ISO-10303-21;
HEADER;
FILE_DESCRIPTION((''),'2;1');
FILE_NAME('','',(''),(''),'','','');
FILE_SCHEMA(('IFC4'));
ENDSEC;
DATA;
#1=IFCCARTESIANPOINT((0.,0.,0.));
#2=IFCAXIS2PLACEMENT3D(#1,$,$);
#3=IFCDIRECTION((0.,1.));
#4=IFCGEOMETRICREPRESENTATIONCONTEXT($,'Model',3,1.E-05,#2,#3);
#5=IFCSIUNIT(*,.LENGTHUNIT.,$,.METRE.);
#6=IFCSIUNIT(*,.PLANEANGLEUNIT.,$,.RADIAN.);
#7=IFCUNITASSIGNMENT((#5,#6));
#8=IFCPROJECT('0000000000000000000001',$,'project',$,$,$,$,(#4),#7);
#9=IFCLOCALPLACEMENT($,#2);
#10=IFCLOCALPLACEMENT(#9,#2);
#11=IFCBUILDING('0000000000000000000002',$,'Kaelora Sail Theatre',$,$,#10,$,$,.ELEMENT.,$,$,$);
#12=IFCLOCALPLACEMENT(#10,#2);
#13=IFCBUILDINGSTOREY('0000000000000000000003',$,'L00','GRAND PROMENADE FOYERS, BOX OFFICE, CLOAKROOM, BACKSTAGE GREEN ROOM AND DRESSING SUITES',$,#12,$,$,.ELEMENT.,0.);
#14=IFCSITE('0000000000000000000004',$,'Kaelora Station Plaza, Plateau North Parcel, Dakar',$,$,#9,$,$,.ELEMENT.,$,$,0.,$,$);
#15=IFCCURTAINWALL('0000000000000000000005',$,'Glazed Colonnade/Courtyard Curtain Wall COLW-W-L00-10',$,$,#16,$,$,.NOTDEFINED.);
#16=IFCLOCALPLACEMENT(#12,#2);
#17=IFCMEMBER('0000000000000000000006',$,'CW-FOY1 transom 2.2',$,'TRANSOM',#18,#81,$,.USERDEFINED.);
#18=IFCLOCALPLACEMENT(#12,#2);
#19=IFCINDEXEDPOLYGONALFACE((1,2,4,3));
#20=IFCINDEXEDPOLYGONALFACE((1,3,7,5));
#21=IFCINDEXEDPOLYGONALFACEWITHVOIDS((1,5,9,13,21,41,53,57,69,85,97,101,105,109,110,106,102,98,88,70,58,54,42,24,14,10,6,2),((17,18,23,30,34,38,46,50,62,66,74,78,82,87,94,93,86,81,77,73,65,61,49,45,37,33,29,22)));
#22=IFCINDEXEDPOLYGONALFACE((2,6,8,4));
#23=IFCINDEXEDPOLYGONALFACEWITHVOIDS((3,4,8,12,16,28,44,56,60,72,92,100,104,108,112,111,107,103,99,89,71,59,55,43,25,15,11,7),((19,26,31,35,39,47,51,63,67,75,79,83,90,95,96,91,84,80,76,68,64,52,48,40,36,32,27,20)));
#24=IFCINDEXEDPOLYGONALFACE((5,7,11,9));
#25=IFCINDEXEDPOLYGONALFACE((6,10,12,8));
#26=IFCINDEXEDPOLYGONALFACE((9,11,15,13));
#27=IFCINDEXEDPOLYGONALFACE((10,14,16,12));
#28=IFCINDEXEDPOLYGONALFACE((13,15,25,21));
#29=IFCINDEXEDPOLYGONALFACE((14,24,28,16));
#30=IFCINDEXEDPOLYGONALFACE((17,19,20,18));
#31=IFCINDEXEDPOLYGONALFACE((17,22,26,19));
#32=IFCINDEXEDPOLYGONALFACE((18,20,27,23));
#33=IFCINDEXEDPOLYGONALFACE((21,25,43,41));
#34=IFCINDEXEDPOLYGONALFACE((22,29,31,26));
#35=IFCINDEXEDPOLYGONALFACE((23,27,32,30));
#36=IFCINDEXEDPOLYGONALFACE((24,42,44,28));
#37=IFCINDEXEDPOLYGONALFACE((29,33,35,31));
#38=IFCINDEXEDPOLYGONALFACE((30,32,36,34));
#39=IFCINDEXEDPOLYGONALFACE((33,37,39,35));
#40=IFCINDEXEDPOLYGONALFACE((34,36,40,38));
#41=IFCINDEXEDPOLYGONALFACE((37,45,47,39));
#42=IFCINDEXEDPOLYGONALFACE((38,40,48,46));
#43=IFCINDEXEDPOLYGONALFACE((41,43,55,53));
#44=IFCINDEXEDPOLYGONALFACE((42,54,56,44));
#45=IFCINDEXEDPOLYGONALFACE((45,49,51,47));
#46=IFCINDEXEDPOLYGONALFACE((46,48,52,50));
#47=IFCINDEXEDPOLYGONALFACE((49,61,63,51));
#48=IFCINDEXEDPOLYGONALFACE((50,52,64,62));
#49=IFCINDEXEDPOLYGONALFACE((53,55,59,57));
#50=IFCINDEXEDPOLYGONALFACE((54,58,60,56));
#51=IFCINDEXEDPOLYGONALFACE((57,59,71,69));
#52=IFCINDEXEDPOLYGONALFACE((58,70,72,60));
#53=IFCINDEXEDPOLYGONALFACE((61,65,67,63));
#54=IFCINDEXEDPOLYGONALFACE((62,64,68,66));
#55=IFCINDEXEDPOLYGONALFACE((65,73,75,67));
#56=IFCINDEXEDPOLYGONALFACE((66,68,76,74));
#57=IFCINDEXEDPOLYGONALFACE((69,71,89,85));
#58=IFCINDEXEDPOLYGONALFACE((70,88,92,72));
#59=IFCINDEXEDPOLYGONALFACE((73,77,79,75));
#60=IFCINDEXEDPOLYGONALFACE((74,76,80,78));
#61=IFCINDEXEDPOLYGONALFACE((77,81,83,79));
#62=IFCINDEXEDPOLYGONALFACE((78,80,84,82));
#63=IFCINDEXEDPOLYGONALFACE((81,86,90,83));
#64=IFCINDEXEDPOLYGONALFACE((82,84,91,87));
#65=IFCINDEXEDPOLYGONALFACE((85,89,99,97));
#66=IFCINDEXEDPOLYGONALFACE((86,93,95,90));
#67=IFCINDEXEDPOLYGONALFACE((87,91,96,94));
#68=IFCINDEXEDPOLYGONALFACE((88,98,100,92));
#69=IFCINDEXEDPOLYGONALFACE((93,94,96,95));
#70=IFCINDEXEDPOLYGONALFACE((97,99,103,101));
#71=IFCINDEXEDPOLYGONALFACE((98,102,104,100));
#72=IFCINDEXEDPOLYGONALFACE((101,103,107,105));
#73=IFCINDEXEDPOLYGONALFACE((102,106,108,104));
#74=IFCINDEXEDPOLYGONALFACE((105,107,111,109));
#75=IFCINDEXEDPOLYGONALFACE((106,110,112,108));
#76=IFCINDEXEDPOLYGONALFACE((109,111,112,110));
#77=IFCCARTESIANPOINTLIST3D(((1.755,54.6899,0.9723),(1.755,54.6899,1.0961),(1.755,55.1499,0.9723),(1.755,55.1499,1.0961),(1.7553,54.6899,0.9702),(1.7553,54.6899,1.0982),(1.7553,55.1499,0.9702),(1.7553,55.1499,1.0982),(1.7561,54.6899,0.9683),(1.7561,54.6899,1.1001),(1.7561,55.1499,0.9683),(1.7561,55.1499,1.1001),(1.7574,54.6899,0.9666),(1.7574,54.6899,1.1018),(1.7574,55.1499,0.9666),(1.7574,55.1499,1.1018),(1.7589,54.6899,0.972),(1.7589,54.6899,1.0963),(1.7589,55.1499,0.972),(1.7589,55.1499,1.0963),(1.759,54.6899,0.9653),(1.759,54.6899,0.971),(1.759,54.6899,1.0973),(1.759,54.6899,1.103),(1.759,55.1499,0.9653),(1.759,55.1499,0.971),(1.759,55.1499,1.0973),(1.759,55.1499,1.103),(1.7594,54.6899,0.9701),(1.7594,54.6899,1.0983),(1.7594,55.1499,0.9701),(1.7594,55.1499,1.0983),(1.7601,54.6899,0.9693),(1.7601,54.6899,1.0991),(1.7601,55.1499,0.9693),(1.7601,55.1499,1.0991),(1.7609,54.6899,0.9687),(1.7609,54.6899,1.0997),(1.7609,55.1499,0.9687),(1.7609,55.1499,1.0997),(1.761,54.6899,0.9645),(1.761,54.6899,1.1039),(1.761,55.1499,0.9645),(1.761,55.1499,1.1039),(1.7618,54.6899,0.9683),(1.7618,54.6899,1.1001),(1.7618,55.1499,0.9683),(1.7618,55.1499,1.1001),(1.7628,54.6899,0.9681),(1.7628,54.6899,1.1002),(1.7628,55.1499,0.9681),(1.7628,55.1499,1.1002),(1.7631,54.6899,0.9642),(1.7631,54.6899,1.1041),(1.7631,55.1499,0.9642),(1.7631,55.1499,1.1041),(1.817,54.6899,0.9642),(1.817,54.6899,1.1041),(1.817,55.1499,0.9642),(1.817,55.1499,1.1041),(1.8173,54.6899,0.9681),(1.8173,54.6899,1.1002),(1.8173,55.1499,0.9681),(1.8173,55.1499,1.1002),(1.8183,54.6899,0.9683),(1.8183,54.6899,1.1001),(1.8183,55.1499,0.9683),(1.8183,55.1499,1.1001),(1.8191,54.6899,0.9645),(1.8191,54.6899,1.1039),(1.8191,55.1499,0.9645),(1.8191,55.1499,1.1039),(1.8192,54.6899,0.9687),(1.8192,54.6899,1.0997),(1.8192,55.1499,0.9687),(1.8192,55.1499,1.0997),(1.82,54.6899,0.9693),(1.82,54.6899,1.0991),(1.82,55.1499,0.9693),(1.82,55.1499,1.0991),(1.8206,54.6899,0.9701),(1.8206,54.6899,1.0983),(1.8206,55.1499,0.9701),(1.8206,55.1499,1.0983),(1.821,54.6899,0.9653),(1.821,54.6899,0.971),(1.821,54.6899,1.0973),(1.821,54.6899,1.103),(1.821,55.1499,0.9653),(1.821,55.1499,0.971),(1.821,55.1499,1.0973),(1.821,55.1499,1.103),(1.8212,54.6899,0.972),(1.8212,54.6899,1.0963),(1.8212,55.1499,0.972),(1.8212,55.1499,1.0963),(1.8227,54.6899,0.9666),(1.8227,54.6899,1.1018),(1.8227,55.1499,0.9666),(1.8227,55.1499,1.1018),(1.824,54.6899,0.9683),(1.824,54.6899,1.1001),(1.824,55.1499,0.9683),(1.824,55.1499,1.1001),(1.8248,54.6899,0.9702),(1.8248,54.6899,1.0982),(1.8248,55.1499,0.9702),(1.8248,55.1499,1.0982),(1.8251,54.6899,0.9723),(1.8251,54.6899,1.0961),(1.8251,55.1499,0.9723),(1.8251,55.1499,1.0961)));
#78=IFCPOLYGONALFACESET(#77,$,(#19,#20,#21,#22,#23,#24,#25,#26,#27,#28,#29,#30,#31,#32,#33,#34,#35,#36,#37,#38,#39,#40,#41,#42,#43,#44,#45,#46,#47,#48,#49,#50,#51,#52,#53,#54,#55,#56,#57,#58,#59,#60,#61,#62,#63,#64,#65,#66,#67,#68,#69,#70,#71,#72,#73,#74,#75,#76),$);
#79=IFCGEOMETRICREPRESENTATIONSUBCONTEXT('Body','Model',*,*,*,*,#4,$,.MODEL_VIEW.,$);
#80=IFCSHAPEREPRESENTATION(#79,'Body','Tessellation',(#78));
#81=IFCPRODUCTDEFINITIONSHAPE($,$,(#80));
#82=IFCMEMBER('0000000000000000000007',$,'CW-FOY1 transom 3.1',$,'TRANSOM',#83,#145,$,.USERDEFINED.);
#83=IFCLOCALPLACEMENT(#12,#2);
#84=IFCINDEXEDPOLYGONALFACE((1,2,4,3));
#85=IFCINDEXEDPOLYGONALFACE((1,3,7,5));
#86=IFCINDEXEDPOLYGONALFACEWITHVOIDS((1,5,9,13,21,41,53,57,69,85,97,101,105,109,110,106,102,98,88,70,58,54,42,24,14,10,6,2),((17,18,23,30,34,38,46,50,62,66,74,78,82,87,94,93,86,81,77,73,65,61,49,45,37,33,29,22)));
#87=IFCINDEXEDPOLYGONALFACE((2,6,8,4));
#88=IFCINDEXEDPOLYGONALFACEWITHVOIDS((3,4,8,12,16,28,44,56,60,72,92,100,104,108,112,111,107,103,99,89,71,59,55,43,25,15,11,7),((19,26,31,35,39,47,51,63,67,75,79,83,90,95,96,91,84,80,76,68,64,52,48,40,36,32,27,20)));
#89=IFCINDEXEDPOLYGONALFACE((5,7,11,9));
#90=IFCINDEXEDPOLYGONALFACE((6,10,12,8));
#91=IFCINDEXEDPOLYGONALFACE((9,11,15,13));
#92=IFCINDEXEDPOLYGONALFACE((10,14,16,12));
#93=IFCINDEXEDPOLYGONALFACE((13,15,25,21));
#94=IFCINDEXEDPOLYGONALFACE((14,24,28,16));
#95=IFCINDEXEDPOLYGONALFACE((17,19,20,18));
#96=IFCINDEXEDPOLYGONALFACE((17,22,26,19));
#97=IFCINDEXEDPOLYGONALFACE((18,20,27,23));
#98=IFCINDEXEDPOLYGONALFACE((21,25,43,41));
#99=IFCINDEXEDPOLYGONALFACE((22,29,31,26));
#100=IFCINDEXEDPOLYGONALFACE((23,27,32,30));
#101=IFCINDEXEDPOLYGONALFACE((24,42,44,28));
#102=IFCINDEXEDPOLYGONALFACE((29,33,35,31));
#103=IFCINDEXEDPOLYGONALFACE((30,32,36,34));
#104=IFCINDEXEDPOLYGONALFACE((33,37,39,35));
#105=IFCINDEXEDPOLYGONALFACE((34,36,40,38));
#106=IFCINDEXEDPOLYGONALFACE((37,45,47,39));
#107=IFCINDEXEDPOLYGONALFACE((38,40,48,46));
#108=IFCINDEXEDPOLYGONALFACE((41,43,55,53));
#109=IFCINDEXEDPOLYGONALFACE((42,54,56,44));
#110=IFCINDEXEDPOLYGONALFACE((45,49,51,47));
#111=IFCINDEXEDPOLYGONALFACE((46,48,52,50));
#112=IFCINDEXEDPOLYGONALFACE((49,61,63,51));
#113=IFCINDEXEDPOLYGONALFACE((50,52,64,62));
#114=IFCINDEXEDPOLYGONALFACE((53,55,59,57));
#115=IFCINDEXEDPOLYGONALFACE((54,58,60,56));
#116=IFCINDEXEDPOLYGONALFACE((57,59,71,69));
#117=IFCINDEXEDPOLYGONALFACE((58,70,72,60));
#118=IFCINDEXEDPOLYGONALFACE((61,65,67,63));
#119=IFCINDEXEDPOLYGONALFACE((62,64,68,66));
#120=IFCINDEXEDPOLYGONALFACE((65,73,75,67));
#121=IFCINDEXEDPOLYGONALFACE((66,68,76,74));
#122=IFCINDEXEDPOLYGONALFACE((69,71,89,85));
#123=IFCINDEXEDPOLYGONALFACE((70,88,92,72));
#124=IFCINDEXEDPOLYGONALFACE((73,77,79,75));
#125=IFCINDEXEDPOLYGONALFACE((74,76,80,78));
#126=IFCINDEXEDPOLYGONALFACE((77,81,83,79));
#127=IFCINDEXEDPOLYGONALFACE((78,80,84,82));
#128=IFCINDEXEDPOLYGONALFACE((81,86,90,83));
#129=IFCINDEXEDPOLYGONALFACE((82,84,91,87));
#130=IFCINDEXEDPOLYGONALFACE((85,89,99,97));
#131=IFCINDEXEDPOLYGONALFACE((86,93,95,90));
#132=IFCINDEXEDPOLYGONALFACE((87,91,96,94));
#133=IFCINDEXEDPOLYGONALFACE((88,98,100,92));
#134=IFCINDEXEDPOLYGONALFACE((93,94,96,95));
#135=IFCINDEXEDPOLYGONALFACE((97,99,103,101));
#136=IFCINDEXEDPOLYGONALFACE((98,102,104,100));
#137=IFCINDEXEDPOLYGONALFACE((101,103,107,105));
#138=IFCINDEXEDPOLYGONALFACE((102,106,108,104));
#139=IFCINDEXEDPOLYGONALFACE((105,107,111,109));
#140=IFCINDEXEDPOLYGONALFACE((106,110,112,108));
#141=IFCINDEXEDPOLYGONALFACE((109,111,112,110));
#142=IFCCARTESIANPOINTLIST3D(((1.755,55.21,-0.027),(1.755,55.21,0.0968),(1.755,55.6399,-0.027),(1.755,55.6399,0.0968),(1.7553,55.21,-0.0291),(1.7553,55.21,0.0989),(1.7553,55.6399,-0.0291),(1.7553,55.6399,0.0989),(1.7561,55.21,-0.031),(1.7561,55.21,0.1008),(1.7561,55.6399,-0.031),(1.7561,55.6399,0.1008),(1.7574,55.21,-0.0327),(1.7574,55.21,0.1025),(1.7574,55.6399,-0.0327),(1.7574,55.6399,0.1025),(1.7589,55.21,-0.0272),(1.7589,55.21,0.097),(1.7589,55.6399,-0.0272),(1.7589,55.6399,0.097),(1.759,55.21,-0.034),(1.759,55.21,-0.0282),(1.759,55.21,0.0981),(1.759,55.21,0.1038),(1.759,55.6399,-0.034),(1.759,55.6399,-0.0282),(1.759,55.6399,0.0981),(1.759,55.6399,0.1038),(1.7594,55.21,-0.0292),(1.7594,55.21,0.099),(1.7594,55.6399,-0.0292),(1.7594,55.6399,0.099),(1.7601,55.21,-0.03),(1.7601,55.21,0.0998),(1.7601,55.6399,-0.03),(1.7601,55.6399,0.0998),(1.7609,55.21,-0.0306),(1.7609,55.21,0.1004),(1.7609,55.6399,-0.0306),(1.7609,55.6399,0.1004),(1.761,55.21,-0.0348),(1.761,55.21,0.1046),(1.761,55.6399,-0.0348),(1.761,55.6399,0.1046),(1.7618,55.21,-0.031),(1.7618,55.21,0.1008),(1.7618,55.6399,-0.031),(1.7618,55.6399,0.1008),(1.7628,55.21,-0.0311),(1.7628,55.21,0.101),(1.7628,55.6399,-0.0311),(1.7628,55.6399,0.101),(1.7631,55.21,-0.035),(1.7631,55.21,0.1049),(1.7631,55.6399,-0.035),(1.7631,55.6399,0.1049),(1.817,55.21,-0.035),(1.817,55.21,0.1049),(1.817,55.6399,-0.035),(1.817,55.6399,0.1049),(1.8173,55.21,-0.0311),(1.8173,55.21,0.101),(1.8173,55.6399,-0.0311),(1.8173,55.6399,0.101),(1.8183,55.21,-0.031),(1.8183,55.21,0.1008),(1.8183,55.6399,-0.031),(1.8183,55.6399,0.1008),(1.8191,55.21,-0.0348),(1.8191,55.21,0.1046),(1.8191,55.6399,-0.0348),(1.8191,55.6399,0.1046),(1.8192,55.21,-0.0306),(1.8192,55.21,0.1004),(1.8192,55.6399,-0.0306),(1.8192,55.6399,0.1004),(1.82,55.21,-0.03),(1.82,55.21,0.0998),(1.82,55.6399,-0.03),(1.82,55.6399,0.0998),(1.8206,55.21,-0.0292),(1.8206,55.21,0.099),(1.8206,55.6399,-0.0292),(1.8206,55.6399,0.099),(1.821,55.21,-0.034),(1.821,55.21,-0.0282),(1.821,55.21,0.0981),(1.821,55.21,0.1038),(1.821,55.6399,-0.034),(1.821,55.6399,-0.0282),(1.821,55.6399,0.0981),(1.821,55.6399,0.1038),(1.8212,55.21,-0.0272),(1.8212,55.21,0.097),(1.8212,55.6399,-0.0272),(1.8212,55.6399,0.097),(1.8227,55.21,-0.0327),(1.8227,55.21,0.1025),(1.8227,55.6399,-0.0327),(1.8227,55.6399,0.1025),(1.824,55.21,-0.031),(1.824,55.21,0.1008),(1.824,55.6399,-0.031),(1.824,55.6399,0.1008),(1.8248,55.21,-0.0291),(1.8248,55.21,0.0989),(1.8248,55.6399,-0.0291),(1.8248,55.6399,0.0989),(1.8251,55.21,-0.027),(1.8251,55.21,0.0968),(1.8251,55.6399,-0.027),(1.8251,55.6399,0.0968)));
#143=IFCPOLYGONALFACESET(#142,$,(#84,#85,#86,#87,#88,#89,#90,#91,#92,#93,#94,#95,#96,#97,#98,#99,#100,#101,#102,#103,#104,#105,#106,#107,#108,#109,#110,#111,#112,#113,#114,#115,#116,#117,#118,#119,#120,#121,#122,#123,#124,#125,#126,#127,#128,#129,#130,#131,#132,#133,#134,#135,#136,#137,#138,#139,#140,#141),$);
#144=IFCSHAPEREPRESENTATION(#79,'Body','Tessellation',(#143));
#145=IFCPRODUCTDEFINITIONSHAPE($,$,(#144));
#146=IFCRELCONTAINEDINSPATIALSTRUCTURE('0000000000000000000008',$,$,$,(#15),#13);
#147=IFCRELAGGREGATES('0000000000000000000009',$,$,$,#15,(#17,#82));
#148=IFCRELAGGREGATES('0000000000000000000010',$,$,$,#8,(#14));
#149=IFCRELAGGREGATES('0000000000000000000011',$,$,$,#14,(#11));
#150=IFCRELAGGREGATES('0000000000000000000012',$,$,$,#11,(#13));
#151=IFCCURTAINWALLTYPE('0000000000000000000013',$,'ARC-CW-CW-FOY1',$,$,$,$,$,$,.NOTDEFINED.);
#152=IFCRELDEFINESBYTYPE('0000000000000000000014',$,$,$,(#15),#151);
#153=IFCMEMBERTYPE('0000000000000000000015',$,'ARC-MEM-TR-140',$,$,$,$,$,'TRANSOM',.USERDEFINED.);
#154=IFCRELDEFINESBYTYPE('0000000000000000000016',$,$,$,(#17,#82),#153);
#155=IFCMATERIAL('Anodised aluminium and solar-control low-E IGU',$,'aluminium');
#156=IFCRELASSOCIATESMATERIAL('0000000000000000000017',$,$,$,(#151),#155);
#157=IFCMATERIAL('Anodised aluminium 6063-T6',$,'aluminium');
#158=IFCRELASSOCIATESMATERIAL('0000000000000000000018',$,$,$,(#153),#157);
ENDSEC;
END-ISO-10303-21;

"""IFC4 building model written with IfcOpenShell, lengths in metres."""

from ifc_helpers import new_model, si_unit, direction, frame, origin, origin_2d, place, context, subcontext, project, spatial, hollow_rectangle, extrude, material, material_profile, profile_set, type_object, element, aggregate, save


model = new_model("IFC4")

# Units and contexts
model_context = context("Model", 3, precision=1e-05, world=origin(), true_north=direction((0.0, 1.0)))
body_context = subcontext(model_context, "Body", "Model", "MODEL_VIEW")
ifc_project = project(units=[si_unit("LENGTHUNIT", "METRE"), si_unit("PLANEANGLEUNIT", "RADIAN")], contexts=[model_context])

# Site, building, storey
site_placement = place(None, origin())
site = spatial("IfcSite", under=ifc_project, at=site_placement, Name="Kaelora Station Plaza, Plateau North Parcel, Dakar", CompositionType="ELEMENT", RefElevation=0.0)
building_placement = place(site_placement, origin())
building = spatial("IfcBuilding", under=site, at=building_placement, Name="Kaelora Sail Theatre", CompositionType="ELEMENT")
storey_placement = place(building_placement, origin())
storey = spatial("IfcBuildingStorey", under=building, at=storey_placement, Name="L00", Description="GRAND PROMENADE FOYERS, BOX OFFICE, CLOAKROOM, BACKSTAGE GREEN ROOM AND DRESSING SUITES", CompositionType="ELEMENT", Elevation=0.0)

# Curtain wall
ifc_material_1 = material(Name="Anodised aluminium and solar-control low-E IGU", Category="aluminium")
curtain_wall_type = type_object("IfcCurtainWallType", Name="ARC-CW-CW-FOY1", PredefinedType="NOTDEFINED", material=ifc_material_1)
curtain_wall_1_placement = place(storey_placement, origin())
curtain_wall_1 = element("IfcCurtainWall", 1, at=curtain_wall_1_placement, inside=storey, type_object=curtain_wall_type, Name="Glazed Colonnade/Courtyard Curtain Wall COLW-W-L00-10", PredefinedType="NOTDEFINED")

# Members
ifc_material_2 = material(Name="Anodised aluminium 6063-T6", Category="aluminium")
ifc_material_profile_1 = material_profile(ifc_material_2, hollow_rectangle(XDim=0.0701, YDim=0.1399, WallThickness=0.0039, InnerFilletRadius=0.0039, OuterFilletRadius=0.0081, at=origin_2d()), Name="ALU-TRAN 70x140x4")
ifc_profile_set_1 = profile_set([ifc_material_profile_1], Name="Anodised aluminium 6063-T6")
member_type_1 = type_object("IfcMemberType", Name="ARC-MEM-TR-140", ElementType="TRANSOM", PredefinedType="USERDEFINED", material=ifc_profile_set_1)
member_1_placement = place(storey_placement, frame((1.79, 54.6899, 1.0342), z_axis=(0.0, 1.0, 0.0), x_axis=(-1.0, 0.0, 0.0)))
member_1 = element("IfcMember", 2, at=member_1_placement, type_object=member_type_1, Name="CW-FOY1 transom 2.2", ObjectType="TRANSOM", PredefinedType="USERDEFINED", context=body_context, shape_type="SweptSolid", body=[
    extrude(hollow_rectangle(XDim=0.0701, YDim=0.1399, WallThickness=0.0039, InnerFilletRadius=0.0039, OuterFilletRadius=0.0081, at=origin_2d()), origin(), (0.0, 0.0, 1.0), 0.46),
])
member_2_placement = place(storey_placement, frame((1.79, 55.21, 0.0349), z_axis=(0.0, 1.0, 0.0), x_axis=(-1.0, 0.0, 0.0)))
member_2 = element("IfcMember", 3, at=member_2_placement, type_object=member_type_1, Name="CW-FOY1 transom 3.1", ObjectType="TRANSOM", PredefinedType="USERDEFINED", context=body_context, shape_type="SweptSolid", body=[
    extrude(hollow_rectangle(XDim=0.0701, YDim=0.1399, WallThickness=0.0039, InnerFilletRadius=0.0039, OuterFilletRadius=0.0081, at=origin_2d()), origin(), (0.0, 0.0, 1.0), 0.4299),
])

aggregate(curtain_wall_1, [member_1, member_2])

save(model, "model.ifc")
